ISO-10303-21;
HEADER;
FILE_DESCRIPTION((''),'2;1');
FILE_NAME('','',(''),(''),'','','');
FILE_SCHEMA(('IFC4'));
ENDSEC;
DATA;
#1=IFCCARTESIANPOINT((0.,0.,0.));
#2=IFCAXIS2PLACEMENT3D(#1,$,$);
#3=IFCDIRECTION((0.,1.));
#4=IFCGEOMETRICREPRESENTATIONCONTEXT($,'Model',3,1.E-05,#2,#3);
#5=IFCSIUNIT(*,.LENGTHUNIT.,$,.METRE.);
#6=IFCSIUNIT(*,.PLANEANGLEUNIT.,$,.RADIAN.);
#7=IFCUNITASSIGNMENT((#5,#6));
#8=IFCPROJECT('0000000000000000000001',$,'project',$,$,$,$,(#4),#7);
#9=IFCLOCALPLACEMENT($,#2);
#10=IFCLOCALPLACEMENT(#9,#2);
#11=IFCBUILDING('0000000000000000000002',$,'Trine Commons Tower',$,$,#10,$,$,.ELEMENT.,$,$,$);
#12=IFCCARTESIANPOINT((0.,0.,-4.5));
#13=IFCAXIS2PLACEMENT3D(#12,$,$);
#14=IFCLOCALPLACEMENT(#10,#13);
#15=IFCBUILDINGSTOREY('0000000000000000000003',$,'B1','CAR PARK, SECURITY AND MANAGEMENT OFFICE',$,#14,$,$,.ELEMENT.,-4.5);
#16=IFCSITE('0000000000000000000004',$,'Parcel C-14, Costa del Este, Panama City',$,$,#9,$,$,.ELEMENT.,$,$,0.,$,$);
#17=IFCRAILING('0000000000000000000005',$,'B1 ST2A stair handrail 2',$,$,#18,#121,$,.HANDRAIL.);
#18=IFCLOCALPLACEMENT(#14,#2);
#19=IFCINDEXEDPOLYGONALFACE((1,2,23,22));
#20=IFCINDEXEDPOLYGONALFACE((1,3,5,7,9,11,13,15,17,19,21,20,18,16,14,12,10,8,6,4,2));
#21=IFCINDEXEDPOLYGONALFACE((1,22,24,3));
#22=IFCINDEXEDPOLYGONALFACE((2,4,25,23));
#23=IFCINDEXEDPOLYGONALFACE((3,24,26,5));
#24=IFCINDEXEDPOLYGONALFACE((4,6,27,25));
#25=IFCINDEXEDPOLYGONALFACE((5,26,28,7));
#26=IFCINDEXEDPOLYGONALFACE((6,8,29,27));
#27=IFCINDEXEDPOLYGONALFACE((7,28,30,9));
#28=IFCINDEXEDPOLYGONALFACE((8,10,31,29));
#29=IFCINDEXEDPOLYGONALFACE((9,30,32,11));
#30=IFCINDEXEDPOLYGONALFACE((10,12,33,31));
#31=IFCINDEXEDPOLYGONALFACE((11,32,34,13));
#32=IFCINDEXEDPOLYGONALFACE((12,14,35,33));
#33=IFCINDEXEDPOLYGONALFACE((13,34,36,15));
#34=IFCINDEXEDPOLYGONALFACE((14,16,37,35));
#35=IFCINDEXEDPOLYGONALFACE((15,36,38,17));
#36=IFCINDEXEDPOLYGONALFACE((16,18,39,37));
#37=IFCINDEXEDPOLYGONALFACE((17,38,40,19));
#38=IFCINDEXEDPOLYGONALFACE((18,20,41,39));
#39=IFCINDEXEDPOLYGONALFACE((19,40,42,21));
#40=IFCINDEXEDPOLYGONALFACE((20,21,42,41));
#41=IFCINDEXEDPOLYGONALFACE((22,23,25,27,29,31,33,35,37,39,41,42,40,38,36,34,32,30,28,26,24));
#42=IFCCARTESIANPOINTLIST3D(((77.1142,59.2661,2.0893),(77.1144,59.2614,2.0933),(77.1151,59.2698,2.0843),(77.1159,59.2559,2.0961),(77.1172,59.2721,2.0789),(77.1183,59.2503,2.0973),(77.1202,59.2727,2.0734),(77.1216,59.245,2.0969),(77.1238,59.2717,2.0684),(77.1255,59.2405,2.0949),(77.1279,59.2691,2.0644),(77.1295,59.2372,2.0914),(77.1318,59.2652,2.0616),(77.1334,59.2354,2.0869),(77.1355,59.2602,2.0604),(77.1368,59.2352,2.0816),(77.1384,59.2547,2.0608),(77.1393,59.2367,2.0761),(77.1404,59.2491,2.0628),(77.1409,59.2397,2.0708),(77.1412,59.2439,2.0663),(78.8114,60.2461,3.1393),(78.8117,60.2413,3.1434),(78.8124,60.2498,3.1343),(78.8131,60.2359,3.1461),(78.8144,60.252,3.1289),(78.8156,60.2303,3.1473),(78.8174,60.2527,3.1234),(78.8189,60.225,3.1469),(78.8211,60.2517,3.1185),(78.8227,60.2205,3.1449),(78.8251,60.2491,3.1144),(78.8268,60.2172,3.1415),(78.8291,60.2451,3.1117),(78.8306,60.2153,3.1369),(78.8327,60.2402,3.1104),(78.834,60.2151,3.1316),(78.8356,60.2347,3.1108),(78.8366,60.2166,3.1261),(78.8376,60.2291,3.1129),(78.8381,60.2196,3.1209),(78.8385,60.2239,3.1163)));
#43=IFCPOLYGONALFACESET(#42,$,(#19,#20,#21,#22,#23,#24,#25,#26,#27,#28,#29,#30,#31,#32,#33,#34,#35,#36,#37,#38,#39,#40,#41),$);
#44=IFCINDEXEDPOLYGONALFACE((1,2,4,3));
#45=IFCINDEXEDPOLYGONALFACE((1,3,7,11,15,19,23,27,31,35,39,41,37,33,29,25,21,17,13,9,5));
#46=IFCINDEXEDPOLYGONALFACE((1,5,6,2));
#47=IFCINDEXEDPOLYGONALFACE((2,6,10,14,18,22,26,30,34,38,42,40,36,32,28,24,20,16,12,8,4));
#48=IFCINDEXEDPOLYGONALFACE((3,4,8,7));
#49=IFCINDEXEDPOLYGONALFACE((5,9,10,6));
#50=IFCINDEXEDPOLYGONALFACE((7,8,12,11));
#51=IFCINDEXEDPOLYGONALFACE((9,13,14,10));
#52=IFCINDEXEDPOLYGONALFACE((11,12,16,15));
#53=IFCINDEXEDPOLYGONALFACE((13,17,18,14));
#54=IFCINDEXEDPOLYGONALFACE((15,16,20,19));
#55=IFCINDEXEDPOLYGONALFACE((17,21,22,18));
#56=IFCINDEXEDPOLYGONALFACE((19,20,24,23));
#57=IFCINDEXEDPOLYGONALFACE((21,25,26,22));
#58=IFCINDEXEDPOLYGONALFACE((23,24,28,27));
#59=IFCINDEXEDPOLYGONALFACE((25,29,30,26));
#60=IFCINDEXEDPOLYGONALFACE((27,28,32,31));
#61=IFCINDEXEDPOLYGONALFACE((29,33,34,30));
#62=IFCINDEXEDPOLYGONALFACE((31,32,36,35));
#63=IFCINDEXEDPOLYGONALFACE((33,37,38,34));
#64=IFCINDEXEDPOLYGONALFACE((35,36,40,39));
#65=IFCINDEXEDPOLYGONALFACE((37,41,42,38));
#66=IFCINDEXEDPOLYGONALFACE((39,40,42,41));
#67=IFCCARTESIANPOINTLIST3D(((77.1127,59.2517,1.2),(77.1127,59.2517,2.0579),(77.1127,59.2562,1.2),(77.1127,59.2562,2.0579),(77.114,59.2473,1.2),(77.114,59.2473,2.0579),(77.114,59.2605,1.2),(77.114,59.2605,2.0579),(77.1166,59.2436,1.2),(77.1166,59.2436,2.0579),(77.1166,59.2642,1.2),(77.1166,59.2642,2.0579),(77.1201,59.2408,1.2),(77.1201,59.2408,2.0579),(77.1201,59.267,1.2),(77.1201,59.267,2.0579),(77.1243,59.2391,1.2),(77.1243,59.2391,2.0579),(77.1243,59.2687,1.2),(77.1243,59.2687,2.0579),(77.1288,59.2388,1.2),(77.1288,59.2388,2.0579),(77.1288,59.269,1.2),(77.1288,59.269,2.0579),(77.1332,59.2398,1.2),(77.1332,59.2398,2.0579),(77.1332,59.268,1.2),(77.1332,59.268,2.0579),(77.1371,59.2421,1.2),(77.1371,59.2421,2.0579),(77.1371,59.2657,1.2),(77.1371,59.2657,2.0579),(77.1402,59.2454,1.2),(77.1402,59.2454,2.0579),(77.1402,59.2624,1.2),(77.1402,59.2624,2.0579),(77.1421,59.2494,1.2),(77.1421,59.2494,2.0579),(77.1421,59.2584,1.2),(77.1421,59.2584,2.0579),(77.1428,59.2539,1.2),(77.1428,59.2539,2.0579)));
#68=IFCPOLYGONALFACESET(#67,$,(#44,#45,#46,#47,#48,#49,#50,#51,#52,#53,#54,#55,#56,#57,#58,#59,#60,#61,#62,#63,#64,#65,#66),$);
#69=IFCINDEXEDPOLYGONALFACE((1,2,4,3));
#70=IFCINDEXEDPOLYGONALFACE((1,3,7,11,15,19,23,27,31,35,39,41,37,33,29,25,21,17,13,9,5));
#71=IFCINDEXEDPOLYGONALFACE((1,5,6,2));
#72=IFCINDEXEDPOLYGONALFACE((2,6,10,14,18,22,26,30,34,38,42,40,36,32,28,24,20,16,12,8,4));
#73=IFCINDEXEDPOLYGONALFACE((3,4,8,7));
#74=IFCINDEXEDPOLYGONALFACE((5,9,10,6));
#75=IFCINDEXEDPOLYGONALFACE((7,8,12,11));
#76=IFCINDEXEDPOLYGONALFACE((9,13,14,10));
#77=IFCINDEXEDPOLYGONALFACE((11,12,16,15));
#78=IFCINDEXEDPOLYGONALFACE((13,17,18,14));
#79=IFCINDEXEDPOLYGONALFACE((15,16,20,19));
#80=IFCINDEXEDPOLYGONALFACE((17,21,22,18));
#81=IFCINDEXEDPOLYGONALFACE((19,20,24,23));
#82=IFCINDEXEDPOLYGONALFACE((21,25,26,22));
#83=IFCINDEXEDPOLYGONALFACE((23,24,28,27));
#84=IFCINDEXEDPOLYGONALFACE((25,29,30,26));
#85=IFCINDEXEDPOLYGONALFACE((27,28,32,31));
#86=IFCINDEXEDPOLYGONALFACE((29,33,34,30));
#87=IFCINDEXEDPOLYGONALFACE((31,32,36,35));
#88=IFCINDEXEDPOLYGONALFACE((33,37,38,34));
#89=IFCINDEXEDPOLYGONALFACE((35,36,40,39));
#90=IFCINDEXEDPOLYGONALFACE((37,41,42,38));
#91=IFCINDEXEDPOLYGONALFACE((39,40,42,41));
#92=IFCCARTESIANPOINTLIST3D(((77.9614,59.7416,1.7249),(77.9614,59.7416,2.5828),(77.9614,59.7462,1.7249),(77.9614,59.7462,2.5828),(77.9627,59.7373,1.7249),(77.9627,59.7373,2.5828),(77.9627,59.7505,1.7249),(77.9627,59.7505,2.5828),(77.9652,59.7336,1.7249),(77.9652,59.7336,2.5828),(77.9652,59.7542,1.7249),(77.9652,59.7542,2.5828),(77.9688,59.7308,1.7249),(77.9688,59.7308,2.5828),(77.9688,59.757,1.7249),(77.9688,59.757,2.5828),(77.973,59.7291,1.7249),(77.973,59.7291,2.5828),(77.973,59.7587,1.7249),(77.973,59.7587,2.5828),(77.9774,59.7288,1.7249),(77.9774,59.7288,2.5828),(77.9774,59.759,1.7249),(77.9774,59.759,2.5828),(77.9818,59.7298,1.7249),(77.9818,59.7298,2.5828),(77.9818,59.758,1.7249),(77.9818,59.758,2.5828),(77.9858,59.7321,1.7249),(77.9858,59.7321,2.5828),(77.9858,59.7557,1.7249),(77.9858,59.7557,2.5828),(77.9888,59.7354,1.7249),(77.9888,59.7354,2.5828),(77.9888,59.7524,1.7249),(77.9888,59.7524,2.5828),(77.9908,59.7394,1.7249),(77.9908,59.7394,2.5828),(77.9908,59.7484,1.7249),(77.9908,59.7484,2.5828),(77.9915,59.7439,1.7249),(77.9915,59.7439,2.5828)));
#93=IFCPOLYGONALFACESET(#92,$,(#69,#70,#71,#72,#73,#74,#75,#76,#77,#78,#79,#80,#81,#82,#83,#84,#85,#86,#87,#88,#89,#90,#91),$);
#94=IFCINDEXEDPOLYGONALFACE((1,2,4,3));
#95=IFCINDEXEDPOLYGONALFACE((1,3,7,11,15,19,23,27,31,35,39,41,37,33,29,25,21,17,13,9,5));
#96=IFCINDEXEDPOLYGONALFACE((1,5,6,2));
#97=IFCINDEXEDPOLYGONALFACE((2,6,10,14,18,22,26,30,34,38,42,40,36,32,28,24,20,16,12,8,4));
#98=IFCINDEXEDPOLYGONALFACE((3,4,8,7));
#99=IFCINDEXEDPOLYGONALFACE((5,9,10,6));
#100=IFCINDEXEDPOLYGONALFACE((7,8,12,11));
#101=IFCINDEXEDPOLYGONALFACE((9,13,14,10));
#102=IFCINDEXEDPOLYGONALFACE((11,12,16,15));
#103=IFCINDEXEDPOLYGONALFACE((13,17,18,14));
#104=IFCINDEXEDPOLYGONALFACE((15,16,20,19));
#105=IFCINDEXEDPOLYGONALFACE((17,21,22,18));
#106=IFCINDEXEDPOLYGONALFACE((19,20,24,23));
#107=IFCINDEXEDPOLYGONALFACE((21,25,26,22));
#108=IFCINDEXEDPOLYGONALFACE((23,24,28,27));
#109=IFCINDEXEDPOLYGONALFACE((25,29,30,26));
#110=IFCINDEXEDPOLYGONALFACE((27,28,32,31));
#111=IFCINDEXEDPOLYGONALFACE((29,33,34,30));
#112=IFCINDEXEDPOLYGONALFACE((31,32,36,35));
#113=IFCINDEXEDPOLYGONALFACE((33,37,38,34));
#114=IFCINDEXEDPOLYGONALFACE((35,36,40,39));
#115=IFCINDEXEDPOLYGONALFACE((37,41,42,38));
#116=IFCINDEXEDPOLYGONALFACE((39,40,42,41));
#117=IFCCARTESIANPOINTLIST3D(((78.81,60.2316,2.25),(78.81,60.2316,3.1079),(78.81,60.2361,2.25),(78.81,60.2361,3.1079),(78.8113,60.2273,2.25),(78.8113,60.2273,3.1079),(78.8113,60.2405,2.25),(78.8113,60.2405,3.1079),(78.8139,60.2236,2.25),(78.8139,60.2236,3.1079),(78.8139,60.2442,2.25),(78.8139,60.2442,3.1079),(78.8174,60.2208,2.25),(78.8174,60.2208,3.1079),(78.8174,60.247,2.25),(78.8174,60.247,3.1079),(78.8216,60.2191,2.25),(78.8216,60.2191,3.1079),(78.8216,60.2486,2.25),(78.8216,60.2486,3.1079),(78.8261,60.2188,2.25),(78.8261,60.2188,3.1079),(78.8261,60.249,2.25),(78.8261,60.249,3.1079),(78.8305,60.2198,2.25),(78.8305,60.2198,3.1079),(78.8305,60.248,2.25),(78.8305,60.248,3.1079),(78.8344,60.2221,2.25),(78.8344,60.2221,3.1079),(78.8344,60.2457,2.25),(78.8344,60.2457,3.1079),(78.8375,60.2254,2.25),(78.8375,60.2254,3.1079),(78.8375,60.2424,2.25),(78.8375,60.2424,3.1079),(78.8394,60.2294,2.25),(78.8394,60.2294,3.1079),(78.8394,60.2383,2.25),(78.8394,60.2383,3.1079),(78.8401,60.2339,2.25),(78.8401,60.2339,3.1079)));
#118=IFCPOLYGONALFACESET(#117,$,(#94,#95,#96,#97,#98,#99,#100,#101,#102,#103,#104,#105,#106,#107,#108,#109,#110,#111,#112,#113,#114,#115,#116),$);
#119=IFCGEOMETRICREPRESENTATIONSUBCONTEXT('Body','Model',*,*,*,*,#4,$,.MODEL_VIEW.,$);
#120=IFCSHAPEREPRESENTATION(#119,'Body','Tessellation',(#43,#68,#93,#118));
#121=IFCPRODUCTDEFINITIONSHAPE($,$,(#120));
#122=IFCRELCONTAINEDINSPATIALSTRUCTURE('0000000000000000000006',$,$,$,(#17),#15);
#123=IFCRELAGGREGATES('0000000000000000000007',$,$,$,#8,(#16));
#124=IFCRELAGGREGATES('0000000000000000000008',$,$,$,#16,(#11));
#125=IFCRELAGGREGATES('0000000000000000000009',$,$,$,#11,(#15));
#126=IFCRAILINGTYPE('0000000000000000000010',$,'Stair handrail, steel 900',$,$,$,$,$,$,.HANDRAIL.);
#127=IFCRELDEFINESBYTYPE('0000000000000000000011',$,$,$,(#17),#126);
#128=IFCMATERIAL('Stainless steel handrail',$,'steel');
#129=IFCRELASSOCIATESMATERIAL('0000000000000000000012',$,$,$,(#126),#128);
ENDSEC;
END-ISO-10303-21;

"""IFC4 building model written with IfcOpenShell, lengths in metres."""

from ifc_helpers import new_model, si_unit, direction, frame, origin, origin_2d, place, context, subcontext, project, spatial, circle, extrude, material, type_object, element, save


model = new_model("IFC4")

# Units and contexts
model_context = context("Model", 3, precision=1e-05, world=origin(), true_north=direction((0.0, 1.0)))
body_context = subcontext(model_context, "Body", "Model", "MODEL_VIEW")
ifc_project = project(units=[si_unit("LENGTHUNIT", "METRE"), si_unit("PLANEANGLEUNIT", "RADIAN")], contexts=[model_context])

# Site, building, storey
site_placement = place(None, origin())
site = spatial("IfcSite", under=ifc_project, at=site_placement, Name="Parcel C-14, Costa del Este, Panama City", CompositionType="ELEMENT", RefElevation=0.0)
building_placement = place(site_placement, origin())
building = spatial("IfcBuilding", under=site, at=building_placement, Name="Trine Commons Tower", CompositionType="ELEMENT")
storey_placement = place(building_placement, frame((0.0, 0.0, -4.5)))
storey = spatial("IfcBuildingStorey", under=building, at=storey_placement, Name="B1", Description="CAR PARK, SECURITY AND MANAGEMENT OFFICE", CompositionType="ELEMENT", Elevation=-4.5)

# Railing
ifc_material_1 = material(Name="Stainless steel handrail", Category="steel")
railing_type_1 = type_object("IfcRailingType", Name="Stair handrail, steel 900", PredefinedType="HANDRAIL", material=ifc_material_1)
railing_1_placement = place(storey_placement, frame((77.1277, 59.2539, 1.2)))
element("IfcRailing", 1, at=railing_1_placement, inside=storey, type_object=railing_type_1, Name="B1 ST2A stair handrail 2", PredefinedType="HANDRAIL", context=body_context, shape_type="SweptSolid", body=[
    extrude(circle(Radius=0.021, at=origin_2d()), frame((0.0, 0.0, 0.8789), z_axis=(0.763352, 0.44075, 0.472264), x_axis=(-0.500024, 0.866011, 0.0)), (0.0, 0.0, 1.0), 2.2234),
    extrude(circle(Radius=0.0151, at=origin_2d()), origin(), (0.0, 0.0, 1.0), 0.8579),
    extrude(circle(Radius=0.0151, at=origin_2d()), frame((0.8486, 0.49, 0.5249)), (0.0, 0.0, 1.0), 0.8579),
    extrude(circle(Radius=0.0151, at=origin_2d()), frame((1.6973, 0.98, 1.05)), (0.0, 0.0, 1.0), 0.8579),
])

save(model, "model.ifc")
